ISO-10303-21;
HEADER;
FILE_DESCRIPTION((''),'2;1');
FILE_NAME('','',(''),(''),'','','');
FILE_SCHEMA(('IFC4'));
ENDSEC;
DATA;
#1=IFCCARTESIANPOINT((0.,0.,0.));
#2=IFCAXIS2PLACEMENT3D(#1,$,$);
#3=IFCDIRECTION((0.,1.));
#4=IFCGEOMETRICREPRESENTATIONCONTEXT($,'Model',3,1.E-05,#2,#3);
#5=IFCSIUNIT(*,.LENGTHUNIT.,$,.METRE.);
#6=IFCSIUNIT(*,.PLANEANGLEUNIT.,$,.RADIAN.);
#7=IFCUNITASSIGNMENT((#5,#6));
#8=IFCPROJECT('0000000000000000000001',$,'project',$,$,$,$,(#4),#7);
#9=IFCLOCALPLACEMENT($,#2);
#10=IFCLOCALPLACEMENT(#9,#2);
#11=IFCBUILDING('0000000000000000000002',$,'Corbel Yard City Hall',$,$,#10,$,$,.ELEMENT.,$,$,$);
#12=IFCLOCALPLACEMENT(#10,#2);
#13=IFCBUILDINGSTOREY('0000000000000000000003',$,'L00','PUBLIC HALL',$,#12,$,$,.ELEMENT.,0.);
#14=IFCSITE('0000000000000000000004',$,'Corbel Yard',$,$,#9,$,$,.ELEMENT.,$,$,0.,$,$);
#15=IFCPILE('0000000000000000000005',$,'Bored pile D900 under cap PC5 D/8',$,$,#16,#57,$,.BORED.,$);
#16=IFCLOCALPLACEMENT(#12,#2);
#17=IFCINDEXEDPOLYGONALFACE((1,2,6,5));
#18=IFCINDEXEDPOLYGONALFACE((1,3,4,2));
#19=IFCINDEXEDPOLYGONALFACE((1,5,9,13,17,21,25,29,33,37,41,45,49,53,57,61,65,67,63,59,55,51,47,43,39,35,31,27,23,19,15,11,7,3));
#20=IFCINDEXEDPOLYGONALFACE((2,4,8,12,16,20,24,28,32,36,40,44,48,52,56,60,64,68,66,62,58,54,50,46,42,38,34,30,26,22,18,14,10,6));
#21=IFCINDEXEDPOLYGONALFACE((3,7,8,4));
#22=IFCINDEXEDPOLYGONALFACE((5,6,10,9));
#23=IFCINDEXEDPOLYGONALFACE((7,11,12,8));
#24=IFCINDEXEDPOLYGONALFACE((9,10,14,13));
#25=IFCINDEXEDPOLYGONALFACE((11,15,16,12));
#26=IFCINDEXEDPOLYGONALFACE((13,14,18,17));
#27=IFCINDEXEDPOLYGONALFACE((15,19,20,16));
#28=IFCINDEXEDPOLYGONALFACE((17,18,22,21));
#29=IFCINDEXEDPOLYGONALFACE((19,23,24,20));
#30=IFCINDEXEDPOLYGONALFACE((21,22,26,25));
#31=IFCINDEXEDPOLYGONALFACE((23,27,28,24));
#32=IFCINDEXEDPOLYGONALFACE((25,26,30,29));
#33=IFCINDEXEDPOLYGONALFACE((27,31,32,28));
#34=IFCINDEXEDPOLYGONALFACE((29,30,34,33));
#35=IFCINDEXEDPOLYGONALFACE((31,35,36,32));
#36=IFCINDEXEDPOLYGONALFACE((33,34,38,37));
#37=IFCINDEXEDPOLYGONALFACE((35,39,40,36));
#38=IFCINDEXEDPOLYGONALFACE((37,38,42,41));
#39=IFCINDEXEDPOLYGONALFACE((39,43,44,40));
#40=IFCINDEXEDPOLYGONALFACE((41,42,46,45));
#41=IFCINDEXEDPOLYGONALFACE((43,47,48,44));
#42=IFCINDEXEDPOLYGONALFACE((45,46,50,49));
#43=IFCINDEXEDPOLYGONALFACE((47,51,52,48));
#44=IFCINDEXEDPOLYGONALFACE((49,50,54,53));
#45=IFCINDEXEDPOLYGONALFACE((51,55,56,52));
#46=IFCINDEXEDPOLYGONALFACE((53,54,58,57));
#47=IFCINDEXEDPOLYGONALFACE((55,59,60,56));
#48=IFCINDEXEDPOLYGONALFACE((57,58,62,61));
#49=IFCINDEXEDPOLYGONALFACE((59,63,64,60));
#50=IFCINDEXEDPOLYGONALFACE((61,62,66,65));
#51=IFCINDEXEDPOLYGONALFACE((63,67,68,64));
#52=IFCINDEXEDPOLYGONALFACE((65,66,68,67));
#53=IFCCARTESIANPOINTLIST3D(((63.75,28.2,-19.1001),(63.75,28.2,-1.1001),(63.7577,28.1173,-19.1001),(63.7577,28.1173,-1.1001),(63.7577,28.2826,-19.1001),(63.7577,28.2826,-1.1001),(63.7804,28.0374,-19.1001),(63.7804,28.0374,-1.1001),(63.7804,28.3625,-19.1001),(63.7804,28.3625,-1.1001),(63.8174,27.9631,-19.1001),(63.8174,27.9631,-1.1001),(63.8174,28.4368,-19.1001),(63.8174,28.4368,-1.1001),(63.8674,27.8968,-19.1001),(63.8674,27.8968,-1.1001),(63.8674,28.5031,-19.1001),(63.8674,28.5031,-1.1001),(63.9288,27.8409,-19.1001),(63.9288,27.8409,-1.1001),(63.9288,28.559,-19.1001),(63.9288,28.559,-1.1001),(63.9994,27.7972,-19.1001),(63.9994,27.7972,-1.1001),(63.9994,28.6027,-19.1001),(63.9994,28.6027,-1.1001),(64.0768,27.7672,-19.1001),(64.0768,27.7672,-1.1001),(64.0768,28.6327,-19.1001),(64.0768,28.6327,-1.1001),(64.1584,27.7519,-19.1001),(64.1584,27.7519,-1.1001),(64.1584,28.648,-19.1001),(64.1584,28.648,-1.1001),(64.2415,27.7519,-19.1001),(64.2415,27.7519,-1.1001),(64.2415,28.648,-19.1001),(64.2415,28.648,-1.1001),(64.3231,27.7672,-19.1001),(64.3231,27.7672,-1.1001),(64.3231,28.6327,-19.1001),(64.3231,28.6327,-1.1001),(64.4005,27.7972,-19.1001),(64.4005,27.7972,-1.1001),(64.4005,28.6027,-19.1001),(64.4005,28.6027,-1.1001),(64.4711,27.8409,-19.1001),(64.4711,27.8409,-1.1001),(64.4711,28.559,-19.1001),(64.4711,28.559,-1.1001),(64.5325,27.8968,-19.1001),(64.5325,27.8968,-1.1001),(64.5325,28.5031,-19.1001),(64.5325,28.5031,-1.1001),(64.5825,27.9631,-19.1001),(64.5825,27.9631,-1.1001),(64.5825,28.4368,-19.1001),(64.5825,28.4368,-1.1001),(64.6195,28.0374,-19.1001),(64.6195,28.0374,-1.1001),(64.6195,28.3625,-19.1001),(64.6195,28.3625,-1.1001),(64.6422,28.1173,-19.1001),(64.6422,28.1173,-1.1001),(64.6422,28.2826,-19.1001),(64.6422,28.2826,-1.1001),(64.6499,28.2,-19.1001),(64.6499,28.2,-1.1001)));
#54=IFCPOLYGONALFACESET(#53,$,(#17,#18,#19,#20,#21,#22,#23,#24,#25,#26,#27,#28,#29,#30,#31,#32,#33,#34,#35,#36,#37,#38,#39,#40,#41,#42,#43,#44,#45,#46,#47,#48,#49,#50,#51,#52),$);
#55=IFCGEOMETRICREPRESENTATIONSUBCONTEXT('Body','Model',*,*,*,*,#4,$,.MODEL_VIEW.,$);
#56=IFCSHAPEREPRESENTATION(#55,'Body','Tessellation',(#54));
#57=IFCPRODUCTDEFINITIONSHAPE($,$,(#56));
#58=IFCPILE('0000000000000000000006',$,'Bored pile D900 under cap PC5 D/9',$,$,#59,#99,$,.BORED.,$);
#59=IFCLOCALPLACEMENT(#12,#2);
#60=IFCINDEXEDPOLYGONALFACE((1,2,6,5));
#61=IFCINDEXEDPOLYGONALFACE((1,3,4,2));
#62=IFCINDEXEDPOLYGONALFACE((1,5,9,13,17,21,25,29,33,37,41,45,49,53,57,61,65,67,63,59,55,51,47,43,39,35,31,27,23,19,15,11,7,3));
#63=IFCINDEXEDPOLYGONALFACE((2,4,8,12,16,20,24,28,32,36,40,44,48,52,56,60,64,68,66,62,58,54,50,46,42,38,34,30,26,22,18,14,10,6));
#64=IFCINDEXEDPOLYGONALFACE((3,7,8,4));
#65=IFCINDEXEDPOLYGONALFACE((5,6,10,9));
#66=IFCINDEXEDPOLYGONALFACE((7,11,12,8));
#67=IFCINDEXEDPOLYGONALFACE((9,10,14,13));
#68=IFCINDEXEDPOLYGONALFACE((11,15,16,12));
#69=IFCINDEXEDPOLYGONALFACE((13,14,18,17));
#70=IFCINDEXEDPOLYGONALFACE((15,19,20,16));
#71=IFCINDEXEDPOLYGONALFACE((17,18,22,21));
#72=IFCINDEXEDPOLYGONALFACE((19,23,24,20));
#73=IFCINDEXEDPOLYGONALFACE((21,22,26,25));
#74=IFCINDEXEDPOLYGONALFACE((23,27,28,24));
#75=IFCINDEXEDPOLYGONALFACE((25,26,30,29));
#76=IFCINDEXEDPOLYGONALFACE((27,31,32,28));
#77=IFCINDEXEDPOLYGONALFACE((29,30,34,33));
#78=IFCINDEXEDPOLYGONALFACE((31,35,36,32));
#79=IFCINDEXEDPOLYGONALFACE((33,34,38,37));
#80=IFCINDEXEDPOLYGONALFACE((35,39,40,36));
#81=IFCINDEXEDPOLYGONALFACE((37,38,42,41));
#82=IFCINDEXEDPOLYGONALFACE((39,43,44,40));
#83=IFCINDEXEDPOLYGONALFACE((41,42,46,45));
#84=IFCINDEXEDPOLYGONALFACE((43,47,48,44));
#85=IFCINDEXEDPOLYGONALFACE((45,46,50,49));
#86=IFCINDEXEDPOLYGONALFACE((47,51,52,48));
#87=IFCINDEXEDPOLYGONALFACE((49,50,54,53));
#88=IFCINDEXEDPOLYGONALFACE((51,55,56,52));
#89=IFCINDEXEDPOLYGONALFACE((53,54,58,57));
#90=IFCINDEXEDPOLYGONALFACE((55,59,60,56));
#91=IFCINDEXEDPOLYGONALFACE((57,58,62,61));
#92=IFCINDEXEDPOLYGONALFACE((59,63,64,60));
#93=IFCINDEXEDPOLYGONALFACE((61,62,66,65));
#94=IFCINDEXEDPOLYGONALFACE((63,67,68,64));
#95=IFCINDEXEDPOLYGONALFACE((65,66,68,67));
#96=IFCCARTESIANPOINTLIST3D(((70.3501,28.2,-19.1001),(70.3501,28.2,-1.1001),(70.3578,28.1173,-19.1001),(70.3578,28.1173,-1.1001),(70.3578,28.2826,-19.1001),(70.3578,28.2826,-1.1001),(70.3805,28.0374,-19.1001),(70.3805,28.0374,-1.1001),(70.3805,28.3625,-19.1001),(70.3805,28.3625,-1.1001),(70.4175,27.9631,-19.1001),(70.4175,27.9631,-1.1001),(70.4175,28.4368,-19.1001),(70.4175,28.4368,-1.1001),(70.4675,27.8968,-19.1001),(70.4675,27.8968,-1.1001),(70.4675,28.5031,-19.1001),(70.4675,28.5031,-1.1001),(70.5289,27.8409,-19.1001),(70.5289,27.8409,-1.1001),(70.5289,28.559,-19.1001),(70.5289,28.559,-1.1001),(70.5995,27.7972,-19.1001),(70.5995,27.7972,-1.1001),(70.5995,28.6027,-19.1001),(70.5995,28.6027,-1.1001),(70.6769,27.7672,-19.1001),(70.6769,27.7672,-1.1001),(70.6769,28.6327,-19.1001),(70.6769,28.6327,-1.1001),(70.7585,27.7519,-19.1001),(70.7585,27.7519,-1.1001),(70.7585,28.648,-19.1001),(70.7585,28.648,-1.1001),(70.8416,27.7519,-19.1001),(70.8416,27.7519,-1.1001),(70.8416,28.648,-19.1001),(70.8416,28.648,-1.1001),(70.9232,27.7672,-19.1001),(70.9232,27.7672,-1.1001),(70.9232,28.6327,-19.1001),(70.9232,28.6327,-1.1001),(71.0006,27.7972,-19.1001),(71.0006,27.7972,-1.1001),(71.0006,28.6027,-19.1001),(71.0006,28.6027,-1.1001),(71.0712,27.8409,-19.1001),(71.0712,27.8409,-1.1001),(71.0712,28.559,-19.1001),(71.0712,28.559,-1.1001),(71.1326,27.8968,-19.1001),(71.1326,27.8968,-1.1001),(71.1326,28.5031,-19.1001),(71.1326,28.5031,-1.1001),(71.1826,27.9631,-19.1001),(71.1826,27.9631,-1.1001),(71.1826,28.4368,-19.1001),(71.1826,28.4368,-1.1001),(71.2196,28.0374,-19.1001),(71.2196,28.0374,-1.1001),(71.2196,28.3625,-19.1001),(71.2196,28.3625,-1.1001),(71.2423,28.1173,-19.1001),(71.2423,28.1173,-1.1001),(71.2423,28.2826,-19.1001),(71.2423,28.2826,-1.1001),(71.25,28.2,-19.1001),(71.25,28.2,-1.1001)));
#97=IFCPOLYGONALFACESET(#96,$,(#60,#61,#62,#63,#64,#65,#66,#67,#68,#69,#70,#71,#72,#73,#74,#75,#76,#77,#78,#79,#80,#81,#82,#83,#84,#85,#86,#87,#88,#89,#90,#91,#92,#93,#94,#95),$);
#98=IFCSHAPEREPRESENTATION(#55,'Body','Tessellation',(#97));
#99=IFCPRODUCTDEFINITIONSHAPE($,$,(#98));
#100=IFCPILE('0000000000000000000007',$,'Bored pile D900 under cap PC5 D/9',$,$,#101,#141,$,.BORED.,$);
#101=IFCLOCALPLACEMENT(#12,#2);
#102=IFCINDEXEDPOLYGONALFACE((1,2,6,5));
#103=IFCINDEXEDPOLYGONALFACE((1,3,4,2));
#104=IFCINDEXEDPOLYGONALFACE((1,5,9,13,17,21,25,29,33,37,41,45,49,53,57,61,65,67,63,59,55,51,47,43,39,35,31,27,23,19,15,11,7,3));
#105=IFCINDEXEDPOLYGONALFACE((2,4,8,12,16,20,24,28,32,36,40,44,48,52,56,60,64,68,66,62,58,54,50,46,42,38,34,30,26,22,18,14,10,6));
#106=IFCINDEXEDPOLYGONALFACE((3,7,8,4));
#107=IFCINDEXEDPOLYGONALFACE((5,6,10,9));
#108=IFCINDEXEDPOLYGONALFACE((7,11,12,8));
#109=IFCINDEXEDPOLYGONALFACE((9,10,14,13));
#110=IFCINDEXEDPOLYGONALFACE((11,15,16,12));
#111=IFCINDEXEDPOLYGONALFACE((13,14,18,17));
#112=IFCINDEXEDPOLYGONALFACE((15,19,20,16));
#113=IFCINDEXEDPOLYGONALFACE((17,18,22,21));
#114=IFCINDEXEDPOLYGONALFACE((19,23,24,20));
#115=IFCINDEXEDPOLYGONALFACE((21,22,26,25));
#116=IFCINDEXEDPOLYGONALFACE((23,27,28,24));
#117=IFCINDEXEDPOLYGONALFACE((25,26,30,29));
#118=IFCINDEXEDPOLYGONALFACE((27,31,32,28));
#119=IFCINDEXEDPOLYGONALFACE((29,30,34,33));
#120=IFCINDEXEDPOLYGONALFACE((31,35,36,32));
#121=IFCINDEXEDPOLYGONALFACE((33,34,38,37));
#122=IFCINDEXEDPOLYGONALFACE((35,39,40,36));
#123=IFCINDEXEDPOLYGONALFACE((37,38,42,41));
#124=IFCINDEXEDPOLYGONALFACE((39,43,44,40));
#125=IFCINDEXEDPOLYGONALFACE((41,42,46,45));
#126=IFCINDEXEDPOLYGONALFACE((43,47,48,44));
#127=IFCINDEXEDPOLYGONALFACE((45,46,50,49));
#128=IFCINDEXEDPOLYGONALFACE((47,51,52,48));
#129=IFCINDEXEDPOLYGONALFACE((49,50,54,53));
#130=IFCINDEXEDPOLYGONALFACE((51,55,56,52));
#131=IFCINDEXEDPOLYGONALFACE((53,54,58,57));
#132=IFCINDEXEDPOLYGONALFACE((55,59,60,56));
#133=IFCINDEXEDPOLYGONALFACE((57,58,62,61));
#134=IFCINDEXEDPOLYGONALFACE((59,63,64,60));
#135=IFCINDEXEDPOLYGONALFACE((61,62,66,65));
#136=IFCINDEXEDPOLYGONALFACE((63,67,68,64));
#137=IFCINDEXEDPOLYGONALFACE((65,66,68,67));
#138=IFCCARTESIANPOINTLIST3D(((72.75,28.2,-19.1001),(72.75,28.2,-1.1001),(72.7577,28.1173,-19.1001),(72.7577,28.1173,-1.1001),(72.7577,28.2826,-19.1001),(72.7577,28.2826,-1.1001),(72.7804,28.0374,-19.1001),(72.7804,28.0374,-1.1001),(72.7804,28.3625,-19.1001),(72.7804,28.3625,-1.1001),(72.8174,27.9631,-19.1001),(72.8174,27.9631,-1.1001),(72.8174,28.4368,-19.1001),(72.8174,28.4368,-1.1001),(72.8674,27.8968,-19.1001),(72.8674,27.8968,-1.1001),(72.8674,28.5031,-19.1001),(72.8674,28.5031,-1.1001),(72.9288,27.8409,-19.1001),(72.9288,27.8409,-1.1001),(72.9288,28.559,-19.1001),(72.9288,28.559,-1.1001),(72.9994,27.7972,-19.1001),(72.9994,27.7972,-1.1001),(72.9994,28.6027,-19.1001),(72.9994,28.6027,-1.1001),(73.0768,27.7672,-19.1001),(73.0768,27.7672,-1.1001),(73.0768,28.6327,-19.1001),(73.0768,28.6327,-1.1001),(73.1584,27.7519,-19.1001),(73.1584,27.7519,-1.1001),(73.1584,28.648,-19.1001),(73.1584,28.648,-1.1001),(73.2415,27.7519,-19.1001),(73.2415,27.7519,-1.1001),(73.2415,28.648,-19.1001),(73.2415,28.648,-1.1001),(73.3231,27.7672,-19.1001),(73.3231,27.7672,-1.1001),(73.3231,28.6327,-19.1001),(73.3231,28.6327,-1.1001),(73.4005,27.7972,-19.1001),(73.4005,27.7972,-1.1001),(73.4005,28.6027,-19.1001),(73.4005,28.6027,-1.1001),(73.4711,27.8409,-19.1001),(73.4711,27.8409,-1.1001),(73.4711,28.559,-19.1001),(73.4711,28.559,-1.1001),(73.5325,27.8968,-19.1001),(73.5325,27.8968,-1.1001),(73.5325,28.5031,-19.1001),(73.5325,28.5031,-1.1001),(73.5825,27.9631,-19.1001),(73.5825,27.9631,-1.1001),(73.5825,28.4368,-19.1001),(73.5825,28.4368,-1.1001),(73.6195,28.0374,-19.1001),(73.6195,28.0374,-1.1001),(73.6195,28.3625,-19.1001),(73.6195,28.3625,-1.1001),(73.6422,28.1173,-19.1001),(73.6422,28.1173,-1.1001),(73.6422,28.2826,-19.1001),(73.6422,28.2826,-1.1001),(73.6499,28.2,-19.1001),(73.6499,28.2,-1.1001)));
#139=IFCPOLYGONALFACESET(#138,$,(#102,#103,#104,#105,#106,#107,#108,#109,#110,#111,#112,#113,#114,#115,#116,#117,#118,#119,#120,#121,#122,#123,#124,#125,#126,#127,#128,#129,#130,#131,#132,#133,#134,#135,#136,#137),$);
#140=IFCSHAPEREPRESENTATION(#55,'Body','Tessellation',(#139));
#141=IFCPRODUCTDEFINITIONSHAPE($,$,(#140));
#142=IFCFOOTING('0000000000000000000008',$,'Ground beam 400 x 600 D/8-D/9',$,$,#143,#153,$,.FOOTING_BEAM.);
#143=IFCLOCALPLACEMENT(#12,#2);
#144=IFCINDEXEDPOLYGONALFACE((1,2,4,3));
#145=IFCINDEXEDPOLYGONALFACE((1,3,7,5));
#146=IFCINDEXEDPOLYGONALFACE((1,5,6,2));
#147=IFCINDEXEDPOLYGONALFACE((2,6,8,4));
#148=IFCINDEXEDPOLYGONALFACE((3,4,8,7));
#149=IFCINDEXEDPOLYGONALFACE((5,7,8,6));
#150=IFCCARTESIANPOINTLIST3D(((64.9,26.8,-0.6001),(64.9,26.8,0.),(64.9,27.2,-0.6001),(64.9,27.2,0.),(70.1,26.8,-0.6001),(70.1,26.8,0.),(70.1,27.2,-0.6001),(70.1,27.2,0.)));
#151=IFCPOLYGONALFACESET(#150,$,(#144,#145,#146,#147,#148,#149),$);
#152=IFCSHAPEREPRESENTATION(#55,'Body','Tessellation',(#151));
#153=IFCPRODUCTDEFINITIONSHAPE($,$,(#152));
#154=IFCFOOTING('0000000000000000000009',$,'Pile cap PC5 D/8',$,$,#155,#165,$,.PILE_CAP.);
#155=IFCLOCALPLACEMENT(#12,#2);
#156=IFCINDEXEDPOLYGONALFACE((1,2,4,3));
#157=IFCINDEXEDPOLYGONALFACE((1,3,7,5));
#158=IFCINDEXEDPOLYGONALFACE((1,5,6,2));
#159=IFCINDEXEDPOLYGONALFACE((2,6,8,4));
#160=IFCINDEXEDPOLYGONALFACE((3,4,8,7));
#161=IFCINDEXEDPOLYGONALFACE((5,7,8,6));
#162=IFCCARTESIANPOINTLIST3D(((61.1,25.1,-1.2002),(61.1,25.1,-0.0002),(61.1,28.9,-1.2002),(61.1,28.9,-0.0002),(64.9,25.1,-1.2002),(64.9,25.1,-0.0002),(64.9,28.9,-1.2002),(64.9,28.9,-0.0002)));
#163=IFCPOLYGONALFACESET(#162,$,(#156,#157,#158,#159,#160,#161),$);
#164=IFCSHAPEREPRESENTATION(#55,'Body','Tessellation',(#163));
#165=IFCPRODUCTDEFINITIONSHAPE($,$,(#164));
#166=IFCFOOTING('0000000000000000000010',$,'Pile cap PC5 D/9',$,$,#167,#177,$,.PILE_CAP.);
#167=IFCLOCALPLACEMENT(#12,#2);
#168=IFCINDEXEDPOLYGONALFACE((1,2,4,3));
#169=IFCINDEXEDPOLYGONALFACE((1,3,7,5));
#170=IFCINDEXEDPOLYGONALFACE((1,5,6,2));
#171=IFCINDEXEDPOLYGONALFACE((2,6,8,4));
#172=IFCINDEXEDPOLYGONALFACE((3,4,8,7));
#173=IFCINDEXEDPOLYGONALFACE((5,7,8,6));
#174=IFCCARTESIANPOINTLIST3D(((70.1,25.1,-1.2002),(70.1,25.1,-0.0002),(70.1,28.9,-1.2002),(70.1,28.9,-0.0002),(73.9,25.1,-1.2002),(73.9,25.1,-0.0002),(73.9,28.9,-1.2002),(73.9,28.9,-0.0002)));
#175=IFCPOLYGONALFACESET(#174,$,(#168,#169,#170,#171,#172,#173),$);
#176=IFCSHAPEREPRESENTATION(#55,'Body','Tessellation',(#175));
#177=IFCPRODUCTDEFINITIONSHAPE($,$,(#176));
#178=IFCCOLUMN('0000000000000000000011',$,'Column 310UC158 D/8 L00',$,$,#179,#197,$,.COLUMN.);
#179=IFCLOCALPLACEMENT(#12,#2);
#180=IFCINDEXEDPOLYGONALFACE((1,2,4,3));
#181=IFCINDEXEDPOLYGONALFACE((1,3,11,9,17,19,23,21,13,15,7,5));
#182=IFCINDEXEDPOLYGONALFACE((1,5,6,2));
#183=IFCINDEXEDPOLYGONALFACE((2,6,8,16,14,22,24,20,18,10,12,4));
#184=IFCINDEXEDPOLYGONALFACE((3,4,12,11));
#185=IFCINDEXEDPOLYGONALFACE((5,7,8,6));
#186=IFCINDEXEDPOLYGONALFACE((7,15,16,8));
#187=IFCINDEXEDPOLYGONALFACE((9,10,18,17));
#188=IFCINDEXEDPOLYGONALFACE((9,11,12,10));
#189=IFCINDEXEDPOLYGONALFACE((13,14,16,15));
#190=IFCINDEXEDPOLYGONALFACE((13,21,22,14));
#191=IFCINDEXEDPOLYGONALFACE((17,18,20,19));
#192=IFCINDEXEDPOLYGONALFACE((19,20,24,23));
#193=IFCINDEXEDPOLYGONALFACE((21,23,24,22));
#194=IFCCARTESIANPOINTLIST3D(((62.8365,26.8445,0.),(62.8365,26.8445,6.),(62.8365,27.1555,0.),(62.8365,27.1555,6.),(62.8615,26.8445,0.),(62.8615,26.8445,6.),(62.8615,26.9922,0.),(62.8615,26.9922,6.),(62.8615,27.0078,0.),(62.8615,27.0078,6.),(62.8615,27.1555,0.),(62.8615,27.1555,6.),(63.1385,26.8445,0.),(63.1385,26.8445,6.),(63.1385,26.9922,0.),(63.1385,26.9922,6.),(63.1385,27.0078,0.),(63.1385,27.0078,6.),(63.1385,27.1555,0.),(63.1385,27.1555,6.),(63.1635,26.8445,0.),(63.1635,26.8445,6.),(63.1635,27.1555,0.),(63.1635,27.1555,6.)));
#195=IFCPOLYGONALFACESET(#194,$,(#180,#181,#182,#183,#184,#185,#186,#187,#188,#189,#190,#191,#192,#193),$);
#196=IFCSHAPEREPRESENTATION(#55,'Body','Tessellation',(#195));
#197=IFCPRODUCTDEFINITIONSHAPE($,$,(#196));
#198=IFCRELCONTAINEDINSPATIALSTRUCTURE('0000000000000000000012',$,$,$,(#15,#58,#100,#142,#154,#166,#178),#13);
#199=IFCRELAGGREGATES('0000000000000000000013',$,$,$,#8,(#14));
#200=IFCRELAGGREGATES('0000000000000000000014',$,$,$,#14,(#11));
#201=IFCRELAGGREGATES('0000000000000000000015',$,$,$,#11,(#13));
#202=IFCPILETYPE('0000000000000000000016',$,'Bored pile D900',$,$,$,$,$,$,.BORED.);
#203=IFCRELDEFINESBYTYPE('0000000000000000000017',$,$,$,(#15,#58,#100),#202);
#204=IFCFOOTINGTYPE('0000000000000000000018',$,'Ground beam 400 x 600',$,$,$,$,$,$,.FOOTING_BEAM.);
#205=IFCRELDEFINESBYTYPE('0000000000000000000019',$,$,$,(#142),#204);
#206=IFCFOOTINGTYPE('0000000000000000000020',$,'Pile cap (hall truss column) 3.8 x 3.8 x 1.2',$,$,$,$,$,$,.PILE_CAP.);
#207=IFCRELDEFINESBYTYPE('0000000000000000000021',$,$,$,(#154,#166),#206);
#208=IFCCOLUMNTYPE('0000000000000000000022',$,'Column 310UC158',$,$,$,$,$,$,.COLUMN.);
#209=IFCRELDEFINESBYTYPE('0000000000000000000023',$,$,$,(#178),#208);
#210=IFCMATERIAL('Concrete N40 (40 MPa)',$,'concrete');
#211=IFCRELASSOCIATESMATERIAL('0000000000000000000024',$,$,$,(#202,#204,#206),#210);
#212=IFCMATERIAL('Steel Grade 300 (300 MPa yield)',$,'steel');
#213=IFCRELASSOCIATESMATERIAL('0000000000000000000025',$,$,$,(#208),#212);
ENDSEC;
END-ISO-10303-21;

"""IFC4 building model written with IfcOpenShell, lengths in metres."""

from ifc_helpers import new_model, si_unit, direction, frame, origin, origin_2d, place, context, subcontext, project, spatial, rectangle, circle, i_section, extrude, material, material_profile, profile_set, type_object, element, save


model = new_model("IFC4")

# Units and contexts
model_context = context("Model", 3, precision=1e-05, world=origin(), true_north=direction((0.0, 1.0)))
body_context = subcontext(model_context, "Body", "Model", "MODEL_VIEW")
ifc_project = project(units=[si_unit("LENGTHUNIT", "METRE"), si_unit("PLANEANGLEUNIT", "RADIAN")], contexts=[model_context])

# Site, building, storey
site_placement = place(None, origin())
site = spatial("IfcSite", under=ifc_project, at=site_placement, Name="Corbel Yard", CompositionType="ELEMENT", RefElevation=0.0)
building_placement = place(site_placement, origin())
building = spatial("IfcBuilding", under=site, at=building_placement, Name="Corbel Yard City Hall", CompositionType="ELEMENT")
storey_placement = place(building_placement, origin())
storey = spatial("IfcBuildingStorey", under=building, at=storey_placement, Name="L00", Description="PUBLIC HALL", CompositionType="ELEMENT", Elevation=0.0)

# Piles
ifc_material_1 = material(Name="Concrete N40 (40 MPa)", Category="concrete")
ifc_material_profile_1 = material_profile(ifc_material_1, circle(Radius=0.45, at=origin_2d()), Name="D900")
ifc_profile_set_1 = profile_set([ifc_material_profile_1], Name="Concrete N40 (40 MPa)")
pile_type = type_object("IfcPileType", Name="Bored pile D900", PredefinedType="BORED", material=ifc_profile_set_1)
for number, where, z_axis, x_axis, name in (
    (1, (64.2, 28.2, -1.1001), (0.0, 0.0, -1.0), (1.0, 0.0, 0.0), "Bored pile D900 under cap PC5 D/8"),
    (2, (70.8, 28.2, -1.1001), (0.0, 0.0, -1.0), (1.0, 0.0, 0.0), "Bored pile D900 under cap PC5 D/9"),
    (3, (73.2, 28.2, -1.1001), (0.0, 0.0, -1.0), (1.0, 0.0, 0.0), "Bored pile D900 under cap PC5 D/9"),
):
    element("IfcPile", number, at=place(storey_placement, frame(where, z_axis=z_axis, x_axis=x_axis)), inside=storey, type_object=pile_type, Name=name, PredefinedType="BORED", context=body_context, shape_type="SweptSolid", body=[
        extrude(circle(Radius=0.45, at=origin_2d()), origin(), (0.0, 0.0, 1.0), 18.0),
    ])

# Footings
footing_type_1 = type_object("IfcFootingType", Name="Ground beam 400 x 600", PredefinedType="FOOTING_BEAM", material=ifc_material_1)
footing_placement = place(storey_placement, frame((67.5, 27.0, -0.6001), z_axis=(0.0, 0.0, 1.0), x_axis=(1.0, 0.0, 0.0)))
element("IfcFooting", 4, at=footing_placement, inside=storey, type_object=footing_type_1, Name="Ground beam 400 x 600 D/8-D/9", PredefinedType="FOOTING_BEAM", context=body_context, shape_type="SweptSolid", body=[
    extrude(rectangle(XDim=5.2, YDim=0.3999, at=origin_2d()), origin(), (0.0, 0.0, 1.0), 0.6001),
])
footing_type_2 = type_object("IfcFootingType", Name="Pile cap (hall truss column) 3.8 x 3.8 x 1.2", PredefinedType="PILE_CAP", material=ifc_material_1)
for number, where, z_axis, x_axis, name in (
    (5, (63.0, 27.0, -1.2002), (0.0, 0.0, 1.0), (1.0, 0.0, 0.0), "Pile cap PC5 D/8"),
    (6, (72.0, 27.0, -1.2002), (0.0, 0.0, 1.0), (1.0, 0.0, 0.0), "Pile cap PC5 D/9"),
):
    element("IfcFooting", number, at=place(storey_placement, frame(where, z_axis=z_axis, x_axis=x_axis)), inside=storey, type_object=footing_type_2, Name=name, PredefinedType="PILE_CAP", context=body_context, shape_type="SweptSolid", body=[
        extrude(rectangle(XDim=3.8, YDim=3.8, at=origin_2d()), origin(), (0.0, 0.0, 1.0), 1.2),
    ])

# Column
ifc_material_2 = material(Name="Steel Grade 300 (300 MPa yield)", Category="steel")
ifc_material_profile_2 = material_profile(ifc_material_2, i_section(OverallWidth=0.311, OverallDepth=0.3269, WebThickness=0.0156, FlangeThickness=0.0249, at=origin_2d()), Name="310UC158")
ifc_profile_set_2 = profile_set([ifc_material_profile_2], Name="Steel Grade 300 (300 MPa yield)")
column_type = type_object("IfcColumnType", Name="Column 310UC158", PredefinedType="COLUMN", material=ifc_profile_set_2)
for number, where, z_axis, x_axis, name in (
    (7, (63.0, 27.0, 0.0), (0.0, 0.0, 1.0), (0.0, 1.0, 0.0), "Column 310UC158 D/8 L00"),
):
    element("IfcColumn", number, at=place(storey_placement, frame(where, z_axis=z_axis, x_axis=x_axis)), inside=storey, type_object=column_type, Name=name, PredefinedType="COLUMN", context=body_context, shape_type="SweptSolid", body=[
        extrude(i_section(OverallWidth=0.311, OverallDepth=0.3269, WebThickness=0.0156, FlangeThickness=0.0249, at=origin_2d()), origin(), (0.0, 0.0, 1.0), 6.0),
    ])

save(model, "model.ifc")
